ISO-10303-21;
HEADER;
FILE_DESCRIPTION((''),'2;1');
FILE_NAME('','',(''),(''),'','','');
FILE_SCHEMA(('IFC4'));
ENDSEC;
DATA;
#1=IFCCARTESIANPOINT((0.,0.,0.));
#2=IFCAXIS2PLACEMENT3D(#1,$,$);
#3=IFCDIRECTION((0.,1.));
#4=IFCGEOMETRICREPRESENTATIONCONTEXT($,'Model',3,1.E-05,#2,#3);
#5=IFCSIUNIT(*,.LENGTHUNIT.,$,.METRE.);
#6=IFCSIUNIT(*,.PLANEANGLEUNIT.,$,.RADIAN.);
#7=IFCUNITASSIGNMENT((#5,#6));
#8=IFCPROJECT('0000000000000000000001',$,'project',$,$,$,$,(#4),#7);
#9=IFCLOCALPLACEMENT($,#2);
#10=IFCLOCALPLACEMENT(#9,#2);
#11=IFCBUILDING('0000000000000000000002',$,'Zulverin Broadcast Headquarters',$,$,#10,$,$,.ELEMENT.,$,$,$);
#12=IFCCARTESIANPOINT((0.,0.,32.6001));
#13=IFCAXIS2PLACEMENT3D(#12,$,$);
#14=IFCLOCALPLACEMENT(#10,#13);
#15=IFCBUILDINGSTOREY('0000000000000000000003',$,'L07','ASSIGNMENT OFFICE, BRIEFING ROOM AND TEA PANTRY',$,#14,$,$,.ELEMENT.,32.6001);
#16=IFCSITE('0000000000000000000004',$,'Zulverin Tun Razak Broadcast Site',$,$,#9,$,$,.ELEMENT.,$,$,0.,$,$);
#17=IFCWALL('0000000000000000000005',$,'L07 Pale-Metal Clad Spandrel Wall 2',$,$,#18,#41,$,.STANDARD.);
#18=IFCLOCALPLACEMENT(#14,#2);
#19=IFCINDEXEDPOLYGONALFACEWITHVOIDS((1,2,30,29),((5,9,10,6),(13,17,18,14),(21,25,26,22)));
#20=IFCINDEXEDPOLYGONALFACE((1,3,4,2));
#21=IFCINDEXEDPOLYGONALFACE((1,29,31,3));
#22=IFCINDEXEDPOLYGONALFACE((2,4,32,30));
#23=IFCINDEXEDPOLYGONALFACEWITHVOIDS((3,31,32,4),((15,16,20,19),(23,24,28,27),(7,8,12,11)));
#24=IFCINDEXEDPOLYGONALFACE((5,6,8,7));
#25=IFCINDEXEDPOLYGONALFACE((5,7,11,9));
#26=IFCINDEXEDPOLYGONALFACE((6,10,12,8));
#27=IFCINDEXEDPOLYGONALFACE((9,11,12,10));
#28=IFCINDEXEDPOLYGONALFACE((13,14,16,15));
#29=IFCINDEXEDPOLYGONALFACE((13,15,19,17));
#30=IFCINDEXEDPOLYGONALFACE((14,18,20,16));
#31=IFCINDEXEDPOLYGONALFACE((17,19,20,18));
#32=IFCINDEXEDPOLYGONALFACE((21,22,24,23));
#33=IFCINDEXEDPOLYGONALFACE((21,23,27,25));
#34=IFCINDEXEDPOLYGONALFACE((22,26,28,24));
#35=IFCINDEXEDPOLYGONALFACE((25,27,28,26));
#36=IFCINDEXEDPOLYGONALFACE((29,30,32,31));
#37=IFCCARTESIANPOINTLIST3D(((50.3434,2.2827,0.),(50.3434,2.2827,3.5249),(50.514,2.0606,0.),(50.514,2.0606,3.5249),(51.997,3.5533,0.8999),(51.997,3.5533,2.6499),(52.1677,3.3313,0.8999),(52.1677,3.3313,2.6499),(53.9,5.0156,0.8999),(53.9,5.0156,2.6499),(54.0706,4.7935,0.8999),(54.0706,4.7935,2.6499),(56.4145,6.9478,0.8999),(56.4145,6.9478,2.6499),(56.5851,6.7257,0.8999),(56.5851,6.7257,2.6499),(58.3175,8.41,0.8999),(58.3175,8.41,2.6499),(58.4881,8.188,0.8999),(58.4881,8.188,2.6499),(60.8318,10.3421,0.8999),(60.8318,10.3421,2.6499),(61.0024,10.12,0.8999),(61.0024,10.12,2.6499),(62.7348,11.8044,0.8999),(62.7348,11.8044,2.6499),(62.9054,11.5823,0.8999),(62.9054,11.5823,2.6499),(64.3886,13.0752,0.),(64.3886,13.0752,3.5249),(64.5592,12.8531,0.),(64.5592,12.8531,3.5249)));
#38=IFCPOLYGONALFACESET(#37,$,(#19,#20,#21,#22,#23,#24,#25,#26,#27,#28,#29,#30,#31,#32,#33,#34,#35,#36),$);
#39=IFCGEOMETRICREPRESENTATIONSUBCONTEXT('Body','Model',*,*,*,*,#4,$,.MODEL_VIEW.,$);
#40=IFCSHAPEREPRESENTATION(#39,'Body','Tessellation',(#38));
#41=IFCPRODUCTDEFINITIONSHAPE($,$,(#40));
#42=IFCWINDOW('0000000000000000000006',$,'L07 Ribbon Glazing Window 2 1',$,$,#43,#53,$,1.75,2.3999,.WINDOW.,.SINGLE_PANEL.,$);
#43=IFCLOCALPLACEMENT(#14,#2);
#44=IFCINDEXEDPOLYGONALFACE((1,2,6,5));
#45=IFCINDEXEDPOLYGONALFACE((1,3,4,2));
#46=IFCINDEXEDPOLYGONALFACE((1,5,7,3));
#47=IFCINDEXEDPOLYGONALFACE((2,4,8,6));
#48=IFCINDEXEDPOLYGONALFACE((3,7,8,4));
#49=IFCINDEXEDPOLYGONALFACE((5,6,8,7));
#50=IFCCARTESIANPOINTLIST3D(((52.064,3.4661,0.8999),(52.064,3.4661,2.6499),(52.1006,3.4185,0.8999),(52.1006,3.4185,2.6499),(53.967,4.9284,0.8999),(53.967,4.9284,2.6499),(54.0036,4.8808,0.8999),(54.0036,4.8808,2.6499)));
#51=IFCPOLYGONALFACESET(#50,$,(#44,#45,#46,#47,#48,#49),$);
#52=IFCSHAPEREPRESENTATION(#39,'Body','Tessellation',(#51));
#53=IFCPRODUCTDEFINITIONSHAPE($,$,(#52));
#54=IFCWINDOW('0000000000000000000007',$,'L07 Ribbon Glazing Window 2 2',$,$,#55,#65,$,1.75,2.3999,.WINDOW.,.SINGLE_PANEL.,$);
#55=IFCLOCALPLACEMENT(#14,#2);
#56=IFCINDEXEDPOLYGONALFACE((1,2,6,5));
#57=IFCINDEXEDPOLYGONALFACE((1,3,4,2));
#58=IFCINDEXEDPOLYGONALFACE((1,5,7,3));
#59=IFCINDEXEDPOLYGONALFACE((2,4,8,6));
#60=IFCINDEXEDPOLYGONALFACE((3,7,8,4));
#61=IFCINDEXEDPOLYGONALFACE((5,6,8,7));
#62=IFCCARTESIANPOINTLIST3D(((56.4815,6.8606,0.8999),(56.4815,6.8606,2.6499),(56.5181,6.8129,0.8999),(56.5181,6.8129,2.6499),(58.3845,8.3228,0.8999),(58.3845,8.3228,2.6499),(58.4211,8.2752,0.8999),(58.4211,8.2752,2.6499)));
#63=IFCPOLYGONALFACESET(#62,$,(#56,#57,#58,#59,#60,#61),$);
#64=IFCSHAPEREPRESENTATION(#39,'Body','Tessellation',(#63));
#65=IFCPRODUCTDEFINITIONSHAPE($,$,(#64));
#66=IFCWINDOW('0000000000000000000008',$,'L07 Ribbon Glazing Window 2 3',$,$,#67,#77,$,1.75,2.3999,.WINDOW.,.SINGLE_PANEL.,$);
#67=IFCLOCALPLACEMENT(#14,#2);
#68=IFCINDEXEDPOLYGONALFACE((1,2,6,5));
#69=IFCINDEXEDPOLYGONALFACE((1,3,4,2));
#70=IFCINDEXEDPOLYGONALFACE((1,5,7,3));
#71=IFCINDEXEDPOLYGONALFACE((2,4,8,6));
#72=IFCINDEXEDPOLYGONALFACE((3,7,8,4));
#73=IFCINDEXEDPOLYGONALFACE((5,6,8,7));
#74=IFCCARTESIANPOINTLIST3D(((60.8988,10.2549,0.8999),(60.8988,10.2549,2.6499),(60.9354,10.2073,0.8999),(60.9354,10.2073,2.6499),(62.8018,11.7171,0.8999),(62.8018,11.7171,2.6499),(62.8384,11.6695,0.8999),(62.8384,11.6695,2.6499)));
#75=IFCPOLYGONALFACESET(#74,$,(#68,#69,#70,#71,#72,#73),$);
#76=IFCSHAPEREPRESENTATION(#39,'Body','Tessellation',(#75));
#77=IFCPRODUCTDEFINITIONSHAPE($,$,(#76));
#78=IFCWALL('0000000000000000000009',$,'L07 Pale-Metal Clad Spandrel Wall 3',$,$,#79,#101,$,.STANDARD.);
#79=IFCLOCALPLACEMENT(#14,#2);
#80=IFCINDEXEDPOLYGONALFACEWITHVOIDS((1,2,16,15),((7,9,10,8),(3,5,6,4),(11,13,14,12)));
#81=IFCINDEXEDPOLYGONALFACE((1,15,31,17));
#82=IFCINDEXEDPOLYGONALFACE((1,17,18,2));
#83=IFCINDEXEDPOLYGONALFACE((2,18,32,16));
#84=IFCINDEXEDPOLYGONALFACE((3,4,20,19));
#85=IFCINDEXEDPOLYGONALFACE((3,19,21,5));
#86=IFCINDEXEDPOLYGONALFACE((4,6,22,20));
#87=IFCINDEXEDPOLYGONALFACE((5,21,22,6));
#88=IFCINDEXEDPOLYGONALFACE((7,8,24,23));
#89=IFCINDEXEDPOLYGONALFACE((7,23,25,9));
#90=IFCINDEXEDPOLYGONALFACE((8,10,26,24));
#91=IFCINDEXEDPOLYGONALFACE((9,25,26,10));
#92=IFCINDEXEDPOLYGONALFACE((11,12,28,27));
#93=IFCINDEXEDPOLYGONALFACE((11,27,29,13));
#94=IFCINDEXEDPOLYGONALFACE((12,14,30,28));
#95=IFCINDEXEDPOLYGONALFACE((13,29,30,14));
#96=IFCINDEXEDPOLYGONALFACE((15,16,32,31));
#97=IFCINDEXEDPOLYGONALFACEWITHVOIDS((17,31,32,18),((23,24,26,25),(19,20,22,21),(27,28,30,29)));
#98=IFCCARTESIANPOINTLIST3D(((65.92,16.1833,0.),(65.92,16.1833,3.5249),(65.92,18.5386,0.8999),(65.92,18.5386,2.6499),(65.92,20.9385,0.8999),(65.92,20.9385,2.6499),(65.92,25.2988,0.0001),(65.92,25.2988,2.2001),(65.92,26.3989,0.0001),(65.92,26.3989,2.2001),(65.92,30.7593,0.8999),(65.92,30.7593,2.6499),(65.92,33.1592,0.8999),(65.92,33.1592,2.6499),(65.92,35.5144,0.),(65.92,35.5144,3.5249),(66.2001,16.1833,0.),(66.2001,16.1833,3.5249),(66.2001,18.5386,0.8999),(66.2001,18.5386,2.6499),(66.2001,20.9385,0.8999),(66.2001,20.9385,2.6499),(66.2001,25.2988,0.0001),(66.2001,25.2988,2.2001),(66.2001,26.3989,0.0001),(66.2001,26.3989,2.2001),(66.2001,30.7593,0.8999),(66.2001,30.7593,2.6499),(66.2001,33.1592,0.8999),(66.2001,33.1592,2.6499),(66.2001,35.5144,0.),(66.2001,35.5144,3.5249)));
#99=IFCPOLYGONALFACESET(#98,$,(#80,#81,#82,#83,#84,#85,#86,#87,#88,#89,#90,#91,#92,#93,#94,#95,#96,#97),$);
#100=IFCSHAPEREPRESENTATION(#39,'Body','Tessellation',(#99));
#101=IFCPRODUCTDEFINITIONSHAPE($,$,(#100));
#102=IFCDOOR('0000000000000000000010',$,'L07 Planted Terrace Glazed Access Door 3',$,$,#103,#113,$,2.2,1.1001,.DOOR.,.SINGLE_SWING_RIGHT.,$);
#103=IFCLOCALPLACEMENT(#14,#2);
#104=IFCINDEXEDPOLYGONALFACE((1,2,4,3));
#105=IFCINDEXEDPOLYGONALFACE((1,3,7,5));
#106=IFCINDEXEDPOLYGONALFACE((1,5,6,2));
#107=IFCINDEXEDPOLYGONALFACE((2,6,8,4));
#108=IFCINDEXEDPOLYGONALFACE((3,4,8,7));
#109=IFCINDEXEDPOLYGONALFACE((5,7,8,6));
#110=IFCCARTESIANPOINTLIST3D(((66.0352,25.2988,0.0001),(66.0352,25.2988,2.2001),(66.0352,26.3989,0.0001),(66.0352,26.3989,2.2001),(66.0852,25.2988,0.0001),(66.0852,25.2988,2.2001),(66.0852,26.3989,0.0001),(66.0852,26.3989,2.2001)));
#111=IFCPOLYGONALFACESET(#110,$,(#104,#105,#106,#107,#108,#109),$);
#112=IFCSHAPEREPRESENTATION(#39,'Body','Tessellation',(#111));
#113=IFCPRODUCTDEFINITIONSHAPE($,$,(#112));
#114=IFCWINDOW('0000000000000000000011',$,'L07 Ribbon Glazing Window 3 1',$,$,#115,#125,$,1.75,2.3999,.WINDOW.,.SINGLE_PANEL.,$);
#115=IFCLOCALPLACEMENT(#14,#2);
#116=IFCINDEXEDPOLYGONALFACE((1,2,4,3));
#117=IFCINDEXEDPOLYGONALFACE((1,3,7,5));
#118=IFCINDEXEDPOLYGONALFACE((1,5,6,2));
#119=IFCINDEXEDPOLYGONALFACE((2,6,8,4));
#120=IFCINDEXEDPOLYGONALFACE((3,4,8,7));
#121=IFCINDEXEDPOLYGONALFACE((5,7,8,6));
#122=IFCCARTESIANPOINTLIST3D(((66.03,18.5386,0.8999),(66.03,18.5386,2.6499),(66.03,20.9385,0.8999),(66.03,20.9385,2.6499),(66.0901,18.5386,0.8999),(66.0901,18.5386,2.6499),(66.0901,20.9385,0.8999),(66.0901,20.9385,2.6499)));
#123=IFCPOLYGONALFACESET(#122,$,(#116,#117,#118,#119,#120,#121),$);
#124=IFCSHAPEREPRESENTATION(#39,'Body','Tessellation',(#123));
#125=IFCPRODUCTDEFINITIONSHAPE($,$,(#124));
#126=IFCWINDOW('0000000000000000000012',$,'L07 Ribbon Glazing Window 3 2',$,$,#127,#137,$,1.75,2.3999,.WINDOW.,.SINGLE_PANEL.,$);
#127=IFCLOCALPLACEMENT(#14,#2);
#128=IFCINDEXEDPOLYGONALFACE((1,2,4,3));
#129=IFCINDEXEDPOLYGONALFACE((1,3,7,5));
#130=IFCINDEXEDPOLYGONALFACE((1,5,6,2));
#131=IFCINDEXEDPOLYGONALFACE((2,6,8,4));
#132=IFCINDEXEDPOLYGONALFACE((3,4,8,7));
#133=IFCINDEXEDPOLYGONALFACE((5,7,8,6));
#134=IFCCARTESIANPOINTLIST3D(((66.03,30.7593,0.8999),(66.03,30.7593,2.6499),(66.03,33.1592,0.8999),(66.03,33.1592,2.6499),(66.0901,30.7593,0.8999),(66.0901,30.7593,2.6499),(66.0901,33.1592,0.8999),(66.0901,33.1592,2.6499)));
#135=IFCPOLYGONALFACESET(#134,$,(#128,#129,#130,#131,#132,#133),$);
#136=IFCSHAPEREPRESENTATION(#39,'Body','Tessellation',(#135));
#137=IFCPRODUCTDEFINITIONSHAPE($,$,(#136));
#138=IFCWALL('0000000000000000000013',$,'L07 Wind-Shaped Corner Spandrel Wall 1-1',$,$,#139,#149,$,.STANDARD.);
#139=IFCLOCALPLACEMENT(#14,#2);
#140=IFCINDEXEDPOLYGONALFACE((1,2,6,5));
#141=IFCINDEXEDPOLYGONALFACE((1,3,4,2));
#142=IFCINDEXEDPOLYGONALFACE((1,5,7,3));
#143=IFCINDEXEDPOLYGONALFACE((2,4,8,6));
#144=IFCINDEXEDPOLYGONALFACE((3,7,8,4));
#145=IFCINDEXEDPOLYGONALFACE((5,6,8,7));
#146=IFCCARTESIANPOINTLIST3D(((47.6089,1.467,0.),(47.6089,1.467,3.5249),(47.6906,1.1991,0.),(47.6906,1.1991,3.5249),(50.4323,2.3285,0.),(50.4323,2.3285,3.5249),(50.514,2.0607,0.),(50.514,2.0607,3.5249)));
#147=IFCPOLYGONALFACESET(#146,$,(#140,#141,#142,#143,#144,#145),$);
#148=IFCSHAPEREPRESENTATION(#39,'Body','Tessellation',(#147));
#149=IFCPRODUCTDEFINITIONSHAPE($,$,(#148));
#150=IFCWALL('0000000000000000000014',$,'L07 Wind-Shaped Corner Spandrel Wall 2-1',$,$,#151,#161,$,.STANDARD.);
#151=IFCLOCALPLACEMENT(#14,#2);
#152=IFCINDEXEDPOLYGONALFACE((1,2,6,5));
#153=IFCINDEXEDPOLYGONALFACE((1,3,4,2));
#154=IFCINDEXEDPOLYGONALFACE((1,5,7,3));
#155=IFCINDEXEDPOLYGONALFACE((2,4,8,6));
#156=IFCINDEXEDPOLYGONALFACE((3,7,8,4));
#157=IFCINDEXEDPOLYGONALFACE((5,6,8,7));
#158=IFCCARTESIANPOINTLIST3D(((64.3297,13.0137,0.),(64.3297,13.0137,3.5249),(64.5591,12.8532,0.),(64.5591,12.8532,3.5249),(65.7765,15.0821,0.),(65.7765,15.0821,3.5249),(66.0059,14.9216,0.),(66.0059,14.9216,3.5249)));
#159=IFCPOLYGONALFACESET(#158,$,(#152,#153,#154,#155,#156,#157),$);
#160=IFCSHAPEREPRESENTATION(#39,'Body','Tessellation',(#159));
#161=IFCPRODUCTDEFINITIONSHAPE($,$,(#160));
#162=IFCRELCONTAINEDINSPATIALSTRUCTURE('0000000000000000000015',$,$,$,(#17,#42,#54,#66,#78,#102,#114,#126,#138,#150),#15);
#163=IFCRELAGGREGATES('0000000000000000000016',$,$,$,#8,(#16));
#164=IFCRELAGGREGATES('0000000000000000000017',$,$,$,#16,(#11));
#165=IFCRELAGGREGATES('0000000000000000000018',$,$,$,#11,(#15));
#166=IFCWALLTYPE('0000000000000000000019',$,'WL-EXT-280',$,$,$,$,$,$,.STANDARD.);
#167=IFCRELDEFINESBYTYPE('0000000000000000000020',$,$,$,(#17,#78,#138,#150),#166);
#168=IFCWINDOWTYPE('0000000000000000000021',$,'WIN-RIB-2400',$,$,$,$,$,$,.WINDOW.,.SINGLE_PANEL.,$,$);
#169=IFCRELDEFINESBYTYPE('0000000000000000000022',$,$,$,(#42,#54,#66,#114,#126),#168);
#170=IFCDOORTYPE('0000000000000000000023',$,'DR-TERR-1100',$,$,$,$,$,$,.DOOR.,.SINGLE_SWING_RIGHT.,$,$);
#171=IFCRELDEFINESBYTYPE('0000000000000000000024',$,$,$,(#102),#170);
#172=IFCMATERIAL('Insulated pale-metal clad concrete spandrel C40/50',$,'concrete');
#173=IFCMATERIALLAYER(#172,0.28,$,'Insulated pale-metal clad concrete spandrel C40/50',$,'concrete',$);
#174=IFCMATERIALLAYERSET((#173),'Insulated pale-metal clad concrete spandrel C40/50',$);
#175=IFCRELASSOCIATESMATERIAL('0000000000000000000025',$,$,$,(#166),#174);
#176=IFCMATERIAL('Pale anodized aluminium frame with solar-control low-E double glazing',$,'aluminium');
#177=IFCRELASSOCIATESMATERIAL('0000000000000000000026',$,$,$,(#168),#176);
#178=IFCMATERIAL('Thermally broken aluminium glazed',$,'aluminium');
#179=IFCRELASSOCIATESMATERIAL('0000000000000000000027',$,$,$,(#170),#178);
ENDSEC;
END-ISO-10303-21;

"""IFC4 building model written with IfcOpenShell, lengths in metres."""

from ifc_helpers import new_model, si_unit, direction, frame, frame_2d, origin, place, context, subcontext, project, spatial, rectangle, extrude, material, layer, layer_set, type_object, element, fill, save


model = new_model("IFC4")

# Units and contexts
model_context = context("Model", 3, precision=1e-05, world=origin(), true_north=direction((0.0, 1.0)))
body_context = subcontext(model_context, "Body", "Model", "MODEL_VIEW")
ifc_project = project(units=[si_unit("LENGTHUNIT", "METRE"), si_unit("PLANEANGLEUNIT", "RADIAN")], contexts=[model_context])

# Site, building, storey
site_placement = place(None, origin())
site = spatial("IfcSite", under=ifc_project, at=site_placement, Name="Zulverin Tun Razak Broadcast Site", CompositionType="ELEMENT", RefElevation=0.0)
building_placement = place(site_placement, origin())
building = spatial("IfcBuilding", under=site, at=building_placement, Name="Zulverin Broadcast Headquarters", CompositionType="ELEMENT")
storey_placement = place(building_placement, frame((0.0, 0.0, 32.6001)))
storey = spatial("IfcBuildingStorey", under=building, at=storey_placement, Name="L07", Description="ASSIGNMENT OFFICE, BRIEFING ROOM AND TEA PANTRY", CompositionType="ELEMENT", Elevation=32.6001)

# Wall, openings, windows
ifc_material_1 = material(Name="Insulated pale-metal clad concrete spandrel C40/50", Category="concrete")
ifc_layer_1 = layer(ifc_material_1, 0.28, Name="Insulated pale-metal clad concrete spandrel C40/50", Category="concrete")
ifc_layer_set_1 = layer_set([ifc_layer_1], Name="Insulated pale-metal clad concrete spandrel C40/50")
wall_type_1 = type_object("IfcWallType", Name="WL-EXT-280", PredefinedType="STANDARD", material=ifc_layer_set_1)
wall_1_placement = place(storey_placement, frame((50.4287, 2.1716, 0.0), z_axis=(0.0, 0.0, 1.0), x_axis=(0.792937, 0.609303, 0.0)))
wall_1 = element("IfcWall", 1, at=wall_1_placement, inside=storey, type_object=wall_type_1, Name="L07 Pale-Metal Clad Spandrel Wall 2", PredefinedType="STANDARD", context=body_context, shape_type="SweptSolid", body=[
    extrude(rectangle(XDim=17.7129, YDim=0.28, at=frame_2d((8.8564, 0.0))), origin(), (0.0, 0.0, 1.0), 3.5249),
])
opening_1_placement = place(wall_1_placement, frame((2.0854, 0.0, 0.8999)))
opening_1 = element("IfcOpeningElement", 2, at=opening_1_placement, cuts=wall_1, PredefinedType="OPENING", context=body_context, shape_type="SweptSolid", body=[
    extrude(rectangle(XDim=2.3999, YDim=1.75, at=frame_2d((1.2, 0.875))), frame((0.0, 0.1499, 0.0), z_axis=(0.0, -1.0, 0.0), x_axis=(1.0, 0.0, 0.0)), (0.0, 0.0, 1.0), 0.3),
])
opening_2_placement = place(wall_1_placement, frame((7.6565, 0.0, 0.8999)))
opening_2 = element("IfcOpeningElement", 3, at=opening_2_placement, cuts=wall_1, PredefinedType="OPENING", context=body_context, shape_type="SweptSolid", body=[
    extrude(rectangle(XDim=2.3999, YDim=1.75, at=frame_2d((1.2, 0.875))), frame((0.0, 0.1499, 0.0), z_axis=(0.0, -1.0, 0.0), x_axis=(1.0, 0.0, 0.0)), (0.0, 0.0, 1.0), 0.3),
])
opening_3_placement = place(wall_1_placement, frame((13.2273, 0.0, 0.8999)))
opening_3 = element("IfcOpeningElement", 4, at=opening_3_placement, cuts=wall_1, PredefinedType="OPENING", context=body_context, shape_type="SweptSolid", body=[
    extrude(rectangle(XDim=2.3999, YDim=1.75, at=frame_2d((1.2, 0.875))), frame((0.0, 0.1499, 0.0), z_axis=(0.0, -1.0, 0.0), x_axis=(1.0, 0.0, 0.0)), (0.0, 0.0, 1.0), 0.3),
])
ifc_material_2 = material(Name="Pale anodized aluminium frame with solar-control low-E double glazing", Category="aluminium")
window_type = type_object("IfcWindowType", Name="WIN-RIB-2400", PartitioningType="SINGLE_PANEL", PredefinedType="WINDOW", material=ifc_material_2)
window_1_placement = place(opening_1_placement, origin())
window_1 = element("IfcWindow", 5, at=window_1_placement, inside=storey, type_object=window_type, Name="L07 Ribbon Glazing Window 2 1", OverallHeight=1.75, OverallWidth=2.3999, PartitioningType="SINGLE_PANEL", PredefinedType="WINDOW", context=body_context, shape_type="SweptSolid", body=[
    extrude(rectangle(XDim=2.3999, YDim=1.75, at=frame_2d((1.2, 0.875))), frame((0.0, 0.03, 0.0), z_axis=(0.0, -1.0, 0.0), x_axis=(1.0, 0.0, 0.0)), (0.0, 0.0, 1.0), 0.0601),
])
fill(opening_1, window_1)
window_2_placement = place(opening_2_placement, origin())
window_2 = element("IfcWindow", 6, at=window_2_placement, inside=storey, type_object=window_type, Name="L07 Ribbon Glazing Window 2 2", OverallHeight=1.75, OverallWidth=2.3999, PartitioningType="SINGLE_PANEL", PredefinedType="WINDOW", context=body_context, shape_type="SweptSolid", body=[
    extrude(rectangle(XDim=2.3999, YDim=1.75, at=frame_2d((1.2, 0.875))), frame((0.0, 0.03, 0.0), z_axis=(0.0, -1.0, 0.0), x_axis=(1.0, 0.0, 0.0)), (0.0, 0.0, 1.0), 0.0601),
])
fill(opening_2, window_2)
window_3_placement = place(opening_3_placement, origin())
window_3 = element("IfcWindow", 7, at=window_3_placement, inside=storey, type_object=window_type, Name="L07 Ribbon Glazing Window 2 3", OverallHeight=1.75, OverallWidth=2.3999, PartitioningType="SINGLE_PANEL", PredefinedType="WINDOW", context=body_context, shape_type="SweptSolid", body=[
    extrude(rectangle(XDim=2.3999, YDim=1.75, at=frame_2d((1.2, 0.875))), frame((0.0, 0.03, 0.0), z_axis=(0.0, -1.0, 0.0), x_axis=(1.0, 0.0, 0.0)), (0.0, 0.0, 1.0), 0.0601),
])
fill(opening_3, window_3)

# Wall, openings, door, windows
wall_2_placement = place(storey_placement, frame((66.0601, 16.1833, 0.0), z_axis=(0.0, 0.0, 1.0), x_axis=(0.0, 1.0, 0.0)))
wall_2 = element("IfcWall", 8, at=wall_2_placement, inside=storey, type_object=wall_type_1, Name="L07 Pale-Metal Clad Spandrel Wall 3", PredefinedType="STANDARD", context=body_context, shape_type="SweptSolid", body=[
    extrude(rectangle(XDim=19.3311, YDim=0.28, at=frame_2d((9.6655, 0.0))), origin(), (0.0, 0.0, 1.0), 3.5249),
])
opening_4_placement = place(wall_2_placement, frame((9.1155, 0.0, 0.0)))
opening_4 = element("IfcOpeningElement", 9, at=opening_4_placement, cuts=wall_2, PredefinedType="OPENING", context=body_context, shape_type="SweptSolid", body=[
    extrude(rectangle(XDim=1.1001, YDim=2.2, at=frame_2d((0.55, 1.1001))), frame((0.0, 0.1499, 0.0), z_axis=(0.0, -1.0, 0.0), x_axis=(1.0, 0.0, 0.0)), (0.0, 0.0, 1.0), 0.3),
])
opening_5_placement = place(wall_2_placement, frame((2.3552, 0.0, 0.8999)))
opening_5 = element("IfcOpeningElement", 10, at=opening_5_placement, cuts=wall_2, PredefinedType="OPENING", context=body_context, shape_type="SweptSolid", body=[
    extrude(rectangle(XDim=2.3999, YDim=1.75, at=frame_2d((1.2, 0.875))), frame((0.0, 0.1499, 0.0), z_axis=(0.0, -1.0, 0.0), x_axis=(1.0, 0.0, 0.0)), (0.0, 0.0, 1.0), 0.3),
])
opening_6_placement = place(wall_2_placement, frame((14.5759, 0.0, 0.8999)))
opening_6 = element("IfcOpeningElement", 11, at=opening_6_placement, cuts=wall_2, PredefinedType="OPENING", context=body_context, shape_type="SweptSolid", body=[
    extrude(rectangle(XDim=2.3999, YDim=1.75, at=frame_2d((1.2, 0.875))), frame((0.0, 0.1499, 0.0), z_axis=(0.0, -1.0, 0.0), x_axis=(1.0, 0.0, 0.0)), (0.0, 0.0, 1.0), 0.3),
])
ifc_material_3 = material(Name="Thermally broken aluminium glazed", Category="aluminium")
door_type_1 = type_object("IfcDoorType", Name="DR-TERR-1100", OperationType="SINGLE_SWING_RIGHT", PredefinedType="DOOR", material=ifc_material_3)
door_1_placement = place(opening_4_placement, origin())
door_1 = element("IfcDoor", 12, at=door_1_placement, inside=storey, type_object=door_type_1, Name="L07 Planted Terrace Glazed Access Door 3", OperationType="SINGLE_SWING_RIGHT", OverallHeight=2.2, OverallWidth=1.1001, PredefinedType="DOOR", context=body_context, shape_type="SweptSolid", body=[
    extrude(rectangle(XDim=1.1001, YDim=2.2, at=frame_2d((0.55, 1.1001))), frame((0.0, 0.0249, 0.0), z_axis=(0.0, -1.0, 0.0), x_axis=(1.0, 0.0, 0.0)), (0.0, 0.0, 1.0), 0.05),
])
fill(opening_4, door_1)
window_4_placement = place(opening_5_placement, origin())
window_4 = element("IfcWindow", 13, at=window_4_placement, inside=storey, type_object=window_type, Name="L07 Ribbon Glazing Window 3 1", OverallHeight=1.75, OverallWidth=2.3999, PartitioningType="SINGLE_PANEL", PredefinedType="WINDOW", context=body_context, shape_type="SweptSolid", body=[
    extrude(rectangle(XDim=2.3999, YDim=1.75, at=frame_2d((1.2, 0.875))), frame((0.0, 0.03, 0.0), z_axis=(0.0, -1.0, 0.0), x_axis=(1.0, 0.0, 0.0)), (0.0, 0.0, 1.0), 0.0601),
])
fill(opening_5, window_4)
window_5_placement = place(opening_6_placement, origin())
window_5 = element("IfcWindow", 14, at=window_5_placement, inside=storey, type_object=window_type, Name="L07 Ribbon Glazing Window 3 2", OverallHeight=1.75, OverallWidth=2.3999, PartitioningType="SINGLE_PANEL", PredefinedType="WINDOW", context=body_context, shape_type="SweptSolid", body=[
    extrude(rectangle(XDim=2.3999, YDim=1.75, at=frame_2d((1.2, 0.875))), frame((0.0, 0.03, 0.0), z_axis=(0.0, -1.0, 0.0), x_axis=(1.0, 0.0, 0.0)), (0.0, 0.0, 1.0), 0.0601),
])
fill(opening_6, window_5)

# Walls
wall_3_placement = place(storey_placement, frame((47.6497, 1.333, 0.0), z_axis=(0.0, 0.0, 1.0), x_axis=(0.956461, 0.291859, 0.0)))
element("IfcWall", 15, at=wall_3_placement, inside=storey, type_object=wall_type_1, Name="L07 Wind-Shaped Corner Spandrel Wall 1-1", PredefinedType="STANDARD", context=body_context, shape_type="SweptSolid", body=[
    extrude(rectangle(XDim=2.9519, YDim=0.28, at=frame_2d((1.4761, 0.0))), origin(), (0.0, 0.0, 1.0), 3.5249),
])
wall_4_placement = place(storey_placement, frame((64.4443, 12.9333, 0.0), z_axis=(0.0, 0.0, 1.0), x_axis=(0.573177, 0.819432, 0.0)))
element("IfcWall", 16, at=wall_4_placement, inside=storey, type_object=wall_type_1, Name="L07 Wind-Shaped Corner Spandrel Wall 2-1", PredefinedType="STANDARD", context=body_context, shape_type="SweptSolid", body=[
    extrude(rectangle(XDim=2.5242, YDim=0.28, at=frame_2d((1.2622, 0.0))), origin(), (0.0, 0.0, 1.0), 3.5249),
])

save(model, "model.ifc")
